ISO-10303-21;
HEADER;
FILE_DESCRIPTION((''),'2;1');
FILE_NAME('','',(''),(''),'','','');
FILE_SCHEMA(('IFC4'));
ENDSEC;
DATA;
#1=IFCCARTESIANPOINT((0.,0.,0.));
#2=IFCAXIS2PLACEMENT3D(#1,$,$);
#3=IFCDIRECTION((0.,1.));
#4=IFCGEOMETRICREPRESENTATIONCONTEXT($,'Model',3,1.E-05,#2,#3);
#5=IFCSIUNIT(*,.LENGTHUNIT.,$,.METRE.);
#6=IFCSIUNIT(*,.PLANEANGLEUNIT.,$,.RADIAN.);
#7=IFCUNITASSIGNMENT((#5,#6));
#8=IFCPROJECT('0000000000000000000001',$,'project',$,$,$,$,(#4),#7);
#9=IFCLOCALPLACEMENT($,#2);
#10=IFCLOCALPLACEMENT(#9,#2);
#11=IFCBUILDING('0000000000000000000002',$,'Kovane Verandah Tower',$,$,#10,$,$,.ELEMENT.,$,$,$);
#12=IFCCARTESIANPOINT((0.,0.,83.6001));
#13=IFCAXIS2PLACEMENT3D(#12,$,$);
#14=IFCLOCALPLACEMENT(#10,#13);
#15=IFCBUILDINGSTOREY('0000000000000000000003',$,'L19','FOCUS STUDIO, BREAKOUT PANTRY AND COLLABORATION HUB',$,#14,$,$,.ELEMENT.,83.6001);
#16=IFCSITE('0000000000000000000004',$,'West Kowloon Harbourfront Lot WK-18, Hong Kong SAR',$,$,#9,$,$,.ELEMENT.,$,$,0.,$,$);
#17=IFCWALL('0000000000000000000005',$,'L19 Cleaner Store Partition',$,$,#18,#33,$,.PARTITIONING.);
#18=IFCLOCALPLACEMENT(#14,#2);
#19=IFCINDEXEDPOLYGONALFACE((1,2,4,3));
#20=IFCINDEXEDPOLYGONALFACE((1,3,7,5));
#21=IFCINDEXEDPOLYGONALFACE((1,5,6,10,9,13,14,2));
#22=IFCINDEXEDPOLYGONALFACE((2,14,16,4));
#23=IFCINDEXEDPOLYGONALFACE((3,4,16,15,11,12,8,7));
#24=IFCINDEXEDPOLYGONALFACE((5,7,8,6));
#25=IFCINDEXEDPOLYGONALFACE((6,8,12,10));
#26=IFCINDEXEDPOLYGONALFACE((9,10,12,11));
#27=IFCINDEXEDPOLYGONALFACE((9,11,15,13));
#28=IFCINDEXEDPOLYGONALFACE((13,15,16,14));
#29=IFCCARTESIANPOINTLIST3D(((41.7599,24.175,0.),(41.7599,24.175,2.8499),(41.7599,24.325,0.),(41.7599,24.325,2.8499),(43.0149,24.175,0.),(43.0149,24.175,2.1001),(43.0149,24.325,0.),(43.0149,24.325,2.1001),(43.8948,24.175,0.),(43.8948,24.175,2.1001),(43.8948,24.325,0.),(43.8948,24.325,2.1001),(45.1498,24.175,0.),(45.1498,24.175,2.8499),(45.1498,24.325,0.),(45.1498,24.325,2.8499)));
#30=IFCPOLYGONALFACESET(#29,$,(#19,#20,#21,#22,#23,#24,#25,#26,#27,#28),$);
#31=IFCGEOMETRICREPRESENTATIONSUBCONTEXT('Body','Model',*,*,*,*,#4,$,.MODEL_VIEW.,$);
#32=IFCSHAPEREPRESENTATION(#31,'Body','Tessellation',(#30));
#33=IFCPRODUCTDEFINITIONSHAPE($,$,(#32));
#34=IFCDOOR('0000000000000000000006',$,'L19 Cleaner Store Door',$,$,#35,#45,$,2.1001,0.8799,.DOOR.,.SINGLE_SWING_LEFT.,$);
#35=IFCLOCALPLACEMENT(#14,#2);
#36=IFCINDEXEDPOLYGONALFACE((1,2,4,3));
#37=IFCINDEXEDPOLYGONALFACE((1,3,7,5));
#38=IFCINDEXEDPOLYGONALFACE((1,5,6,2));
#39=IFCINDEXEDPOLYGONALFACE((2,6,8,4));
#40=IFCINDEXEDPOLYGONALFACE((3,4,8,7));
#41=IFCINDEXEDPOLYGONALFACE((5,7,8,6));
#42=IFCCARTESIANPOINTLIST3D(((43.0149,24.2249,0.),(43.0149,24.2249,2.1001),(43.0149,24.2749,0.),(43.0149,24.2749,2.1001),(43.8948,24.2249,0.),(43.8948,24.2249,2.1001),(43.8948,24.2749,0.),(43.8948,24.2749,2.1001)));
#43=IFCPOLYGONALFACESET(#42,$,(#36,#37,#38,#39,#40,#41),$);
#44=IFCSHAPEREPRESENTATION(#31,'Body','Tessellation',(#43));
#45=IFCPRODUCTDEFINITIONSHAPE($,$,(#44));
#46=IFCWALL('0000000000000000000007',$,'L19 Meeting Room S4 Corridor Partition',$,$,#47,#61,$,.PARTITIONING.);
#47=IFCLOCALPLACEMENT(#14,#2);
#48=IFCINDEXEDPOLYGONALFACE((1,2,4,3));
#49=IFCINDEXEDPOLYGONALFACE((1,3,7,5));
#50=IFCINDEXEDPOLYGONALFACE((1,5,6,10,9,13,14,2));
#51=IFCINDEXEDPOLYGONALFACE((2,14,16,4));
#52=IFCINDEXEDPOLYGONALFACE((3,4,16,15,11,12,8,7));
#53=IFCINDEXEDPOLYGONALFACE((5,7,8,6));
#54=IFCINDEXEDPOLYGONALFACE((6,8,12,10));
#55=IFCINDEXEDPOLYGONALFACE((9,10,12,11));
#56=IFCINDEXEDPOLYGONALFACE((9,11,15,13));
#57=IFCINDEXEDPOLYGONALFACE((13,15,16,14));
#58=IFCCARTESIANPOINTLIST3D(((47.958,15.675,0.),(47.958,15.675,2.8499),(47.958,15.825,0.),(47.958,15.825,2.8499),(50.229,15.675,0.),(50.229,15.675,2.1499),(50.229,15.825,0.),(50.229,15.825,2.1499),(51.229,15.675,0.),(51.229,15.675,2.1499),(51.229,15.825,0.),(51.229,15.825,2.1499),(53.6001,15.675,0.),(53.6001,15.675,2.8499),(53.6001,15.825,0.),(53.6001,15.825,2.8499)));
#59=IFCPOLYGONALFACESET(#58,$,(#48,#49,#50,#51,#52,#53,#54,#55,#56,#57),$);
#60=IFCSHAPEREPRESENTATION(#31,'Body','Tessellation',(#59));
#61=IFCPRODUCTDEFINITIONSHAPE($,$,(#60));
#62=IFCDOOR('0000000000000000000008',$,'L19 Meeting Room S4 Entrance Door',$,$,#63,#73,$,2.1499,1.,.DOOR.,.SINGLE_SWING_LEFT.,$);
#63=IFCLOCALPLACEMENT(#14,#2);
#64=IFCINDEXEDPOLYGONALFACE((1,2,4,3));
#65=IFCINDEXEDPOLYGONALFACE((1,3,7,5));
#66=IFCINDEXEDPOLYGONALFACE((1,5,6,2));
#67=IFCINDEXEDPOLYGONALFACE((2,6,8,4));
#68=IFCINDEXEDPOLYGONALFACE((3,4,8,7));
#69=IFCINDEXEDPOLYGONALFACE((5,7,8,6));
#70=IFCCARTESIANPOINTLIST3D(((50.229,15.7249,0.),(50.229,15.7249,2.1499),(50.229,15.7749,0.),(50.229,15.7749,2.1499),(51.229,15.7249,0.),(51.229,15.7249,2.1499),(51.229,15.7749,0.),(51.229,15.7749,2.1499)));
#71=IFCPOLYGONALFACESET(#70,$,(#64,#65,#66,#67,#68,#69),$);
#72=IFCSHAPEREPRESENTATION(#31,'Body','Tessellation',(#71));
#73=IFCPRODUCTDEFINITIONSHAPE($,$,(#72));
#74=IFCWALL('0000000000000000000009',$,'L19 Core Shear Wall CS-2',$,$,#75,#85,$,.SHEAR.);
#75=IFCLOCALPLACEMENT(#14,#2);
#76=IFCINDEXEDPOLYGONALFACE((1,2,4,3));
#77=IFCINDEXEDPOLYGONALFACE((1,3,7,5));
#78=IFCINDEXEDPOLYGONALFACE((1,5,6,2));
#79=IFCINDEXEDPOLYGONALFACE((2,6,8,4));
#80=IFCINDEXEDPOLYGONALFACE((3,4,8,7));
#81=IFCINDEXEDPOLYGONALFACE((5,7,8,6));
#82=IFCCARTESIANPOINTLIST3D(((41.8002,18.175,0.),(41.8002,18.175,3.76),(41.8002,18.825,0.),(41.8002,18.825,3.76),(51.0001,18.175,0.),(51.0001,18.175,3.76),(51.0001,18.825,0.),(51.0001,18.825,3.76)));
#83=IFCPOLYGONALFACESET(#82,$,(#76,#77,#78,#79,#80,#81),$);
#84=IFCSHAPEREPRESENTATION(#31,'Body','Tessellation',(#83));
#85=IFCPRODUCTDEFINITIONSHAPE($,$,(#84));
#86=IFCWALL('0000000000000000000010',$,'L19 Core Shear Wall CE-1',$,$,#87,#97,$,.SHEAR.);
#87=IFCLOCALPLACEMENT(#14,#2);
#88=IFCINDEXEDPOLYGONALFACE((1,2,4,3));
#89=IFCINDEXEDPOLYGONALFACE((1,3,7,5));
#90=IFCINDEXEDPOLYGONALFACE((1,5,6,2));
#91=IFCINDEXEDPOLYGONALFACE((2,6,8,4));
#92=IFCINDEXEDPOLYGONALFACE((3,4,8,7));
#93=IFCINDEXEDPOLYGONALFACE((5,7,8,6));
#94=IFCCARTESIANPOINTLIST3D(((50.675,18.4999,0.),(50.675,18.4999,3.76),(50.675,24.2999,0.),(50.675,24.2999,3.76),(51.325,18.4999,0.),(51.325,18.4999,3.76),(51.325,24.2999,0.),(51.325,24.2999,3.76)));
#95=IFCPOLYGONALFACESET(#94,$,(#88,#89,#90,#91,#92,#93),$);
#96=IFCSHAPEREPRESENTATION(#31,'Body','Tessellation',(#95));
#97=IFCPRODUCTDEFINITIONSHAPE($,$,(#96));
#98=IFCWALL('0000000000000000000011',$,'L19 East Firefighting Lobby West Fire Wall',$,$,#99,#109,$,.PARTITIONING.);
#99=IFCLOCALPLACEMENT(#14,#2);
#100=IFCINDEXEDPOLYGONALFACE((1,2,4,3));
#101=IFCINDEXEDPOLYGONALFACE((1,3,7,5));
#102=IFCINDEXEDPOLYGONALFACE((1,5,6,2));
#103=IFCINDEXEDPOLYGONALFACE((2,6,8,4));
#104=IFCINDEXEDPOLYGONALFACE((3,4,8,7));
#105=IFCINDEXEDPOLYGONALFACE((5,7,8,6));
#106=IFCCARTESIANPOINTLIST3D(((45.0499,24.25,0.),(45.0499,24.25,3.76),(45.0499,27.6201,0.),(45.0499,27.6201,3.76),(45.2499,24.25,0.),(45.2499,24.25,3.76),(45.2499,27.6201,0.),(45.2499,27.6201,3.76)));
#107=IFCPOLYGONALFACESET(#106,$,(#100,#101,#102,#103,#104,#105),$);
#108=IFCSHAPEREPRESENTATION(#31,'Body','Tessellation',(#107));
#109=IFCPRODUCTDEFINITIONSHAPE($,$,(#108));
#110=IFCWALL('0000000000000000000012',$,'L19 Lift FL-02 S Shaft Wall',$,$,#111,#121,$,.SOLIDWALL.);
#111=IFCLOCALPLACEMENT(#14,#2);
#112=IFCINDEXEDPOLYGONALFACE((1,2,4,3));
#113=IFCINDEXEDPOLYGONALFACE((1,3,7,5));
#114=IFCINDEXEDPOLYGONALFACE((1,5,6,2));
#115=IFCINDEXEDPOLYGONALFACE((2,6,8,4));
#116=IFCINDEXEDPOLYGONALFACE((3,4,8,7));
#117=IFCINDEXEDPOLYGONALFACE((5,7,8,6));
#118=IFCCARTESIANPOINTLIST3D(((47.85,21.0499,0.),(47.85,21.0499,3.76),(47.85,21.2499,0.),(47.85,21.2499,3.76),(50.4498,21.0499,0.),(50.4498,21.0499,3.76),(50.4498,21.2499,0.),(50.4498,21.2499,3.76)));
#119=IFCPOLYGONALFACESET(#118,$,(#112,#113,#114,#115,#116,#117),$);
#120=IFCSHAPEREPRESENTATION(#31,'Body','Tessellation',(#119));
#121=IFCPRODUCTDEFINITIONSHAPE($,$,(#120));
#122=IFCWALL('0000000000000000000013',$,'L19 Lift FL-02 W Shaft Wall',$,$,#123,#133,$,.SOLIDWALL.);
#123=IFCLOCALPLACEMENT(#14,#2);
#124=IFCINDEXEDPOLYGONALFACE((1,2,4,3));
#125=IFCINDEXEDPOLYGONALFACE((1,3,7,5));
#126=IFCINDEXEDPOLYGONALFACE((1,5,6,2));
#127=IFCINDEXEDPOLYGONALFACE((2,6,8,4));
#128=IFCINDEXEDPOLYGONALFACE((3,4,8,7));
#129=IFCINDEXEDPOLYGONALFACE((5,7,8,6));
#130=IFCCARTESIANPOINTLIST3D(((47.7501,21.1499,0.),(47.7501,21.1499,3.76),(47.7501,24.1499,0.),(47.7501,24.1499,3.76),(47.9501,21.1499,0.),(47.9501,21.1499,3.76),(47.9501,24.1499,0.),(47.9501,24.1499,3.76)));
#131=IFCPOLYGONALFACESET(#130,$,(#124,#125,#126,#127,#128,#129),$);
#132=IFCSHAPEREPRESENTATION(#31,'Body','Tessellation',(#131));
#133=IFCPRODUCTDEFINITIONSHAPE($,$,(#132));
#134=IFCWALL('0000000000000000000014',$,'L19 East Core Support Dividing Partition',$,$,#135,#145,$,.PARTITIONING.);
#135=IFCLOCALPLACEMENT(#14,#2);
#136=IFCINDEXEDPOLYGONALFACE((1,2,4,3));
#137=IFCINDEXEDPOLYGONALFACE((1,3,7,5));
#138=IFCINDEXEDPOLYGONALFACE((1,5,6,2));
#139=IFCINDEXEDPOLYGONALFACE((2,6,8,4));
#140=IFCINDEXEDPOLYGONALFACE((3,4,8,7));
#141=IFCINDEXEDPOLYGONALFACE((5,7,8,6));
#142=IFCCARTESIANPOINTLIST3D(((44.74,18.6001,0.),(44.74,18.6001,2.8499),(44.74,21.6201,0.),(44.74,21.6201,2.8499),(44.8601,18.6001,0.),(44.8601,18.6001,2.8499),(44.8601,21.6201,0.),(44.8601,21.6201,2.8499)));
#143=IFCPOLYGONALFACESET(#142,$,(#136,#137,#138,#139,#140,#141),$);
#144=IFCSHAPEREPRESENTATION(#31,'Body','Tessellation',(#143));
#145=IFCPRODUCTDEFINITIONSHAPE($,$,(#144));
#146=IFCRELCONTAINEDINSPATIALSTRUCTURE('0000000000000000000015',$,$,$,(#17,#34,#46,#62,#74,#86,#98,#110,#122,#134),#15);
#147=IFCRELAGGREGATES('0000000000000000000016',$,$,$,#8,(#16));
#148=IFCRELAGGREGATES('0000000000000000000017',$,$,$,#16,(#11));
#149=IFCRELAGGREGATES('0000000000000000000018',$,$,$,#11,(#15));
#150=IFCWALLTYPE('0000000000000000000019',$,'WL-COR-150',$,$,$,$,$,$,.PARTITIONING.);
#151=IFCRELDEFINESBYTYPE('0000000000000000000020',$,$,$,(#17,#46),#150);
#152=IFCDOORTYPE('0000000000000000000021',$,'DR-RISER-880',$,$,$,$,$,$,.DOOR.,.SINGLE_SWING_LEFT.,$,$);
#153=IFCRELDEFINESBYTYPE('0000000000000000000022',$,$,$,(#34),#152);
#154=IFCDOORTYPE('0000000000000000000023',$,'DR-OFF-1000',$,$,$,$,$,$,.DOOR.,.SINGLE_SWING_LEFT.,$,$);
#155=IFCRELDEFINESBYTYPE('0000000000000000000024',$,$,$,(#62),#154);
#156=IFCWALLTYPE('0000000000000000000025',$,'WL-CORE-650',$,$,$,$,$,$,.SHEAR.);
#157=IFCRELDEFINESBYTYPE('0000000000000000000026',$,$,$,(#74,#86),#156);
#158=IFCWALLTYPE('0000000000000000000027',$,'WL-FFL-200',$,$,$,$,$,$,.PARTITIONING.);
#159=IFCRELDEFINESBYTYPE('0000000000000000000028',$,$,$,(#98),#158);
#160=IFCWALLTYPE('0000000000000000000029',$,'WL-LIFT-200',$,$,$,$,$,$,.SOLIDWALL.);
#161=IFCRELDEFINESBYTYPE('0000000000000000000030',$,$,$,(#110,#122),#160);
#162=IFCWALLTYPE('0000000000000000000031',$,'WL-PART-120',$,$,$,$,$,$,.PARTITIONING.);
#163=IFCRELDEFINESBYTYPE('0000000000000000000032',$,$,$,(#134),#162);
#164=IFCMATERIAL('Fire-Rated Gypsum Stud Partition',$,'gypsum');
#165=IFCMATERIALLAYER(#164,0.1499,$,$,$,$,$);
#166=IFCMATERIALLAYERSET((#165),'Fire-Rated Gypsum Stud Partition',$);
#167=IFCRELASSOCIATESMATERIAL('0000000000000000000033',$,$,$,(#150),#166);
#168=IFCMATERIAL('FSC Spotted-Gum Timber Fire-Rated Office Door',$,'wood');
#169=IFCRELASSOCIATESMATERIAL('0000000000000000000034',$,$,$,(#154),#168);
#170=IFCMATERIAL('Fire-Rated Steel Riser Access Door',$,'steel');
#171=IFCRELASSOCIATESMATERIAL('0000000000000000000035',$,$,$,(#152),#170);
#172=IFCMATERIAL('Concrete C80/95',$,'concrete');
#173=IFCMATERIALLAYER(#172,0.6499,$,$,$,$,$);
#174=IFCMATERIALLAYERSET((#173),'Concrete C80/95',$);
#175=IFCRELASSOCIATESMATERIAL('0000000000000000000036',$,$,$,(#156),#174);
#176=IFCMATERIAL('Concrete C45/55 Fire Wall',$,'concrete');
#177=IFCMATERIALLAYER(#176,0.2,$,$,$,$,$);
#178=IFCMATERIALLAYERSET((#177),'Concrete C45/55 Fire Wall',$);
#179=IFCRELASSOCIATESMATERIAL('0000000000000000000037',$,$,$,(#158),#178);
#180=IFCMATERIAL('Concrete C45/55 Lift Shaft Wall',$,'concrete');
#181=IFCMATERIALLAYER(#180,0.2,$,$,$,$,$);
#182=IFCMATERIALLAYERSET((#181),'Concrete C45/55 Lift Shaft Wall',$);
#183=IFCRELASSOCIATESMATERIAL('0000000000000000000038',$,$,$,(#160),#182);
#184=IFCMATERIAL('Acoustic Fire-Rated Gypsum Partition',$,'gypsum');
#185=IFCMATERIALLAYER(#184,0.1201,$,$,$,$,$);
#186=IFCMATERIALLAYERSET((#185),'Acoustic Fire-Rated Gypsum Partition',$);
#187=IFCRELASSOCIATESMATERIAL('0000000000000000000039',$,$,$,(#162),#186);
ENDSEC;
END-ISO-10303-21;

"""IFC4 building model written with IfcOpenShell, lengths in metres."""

from ifc_helpers import new_model, si_unit, direction, frame, frame_2d, origin, place, context, subcontext, project, spatial, rectangle, extrude, material, layer, layer_set, type_object, element, fill, save


model = new_model("IFC4")

# Units and contexts
model_context = context("Model", 3, precision=1e-05, world=origin(), true_north=direction((0.0, 1.0)))
body_context = subcontext(model_context, "Body", "Model", "MODEL_VIEW")
ifc_project = project(units=[si_unit("LENGTHUNIT", "METRE"), si_unit("PLANEANGLEUNIT", "RADIAN")], contexts=[model_context])

# Site, building, storey
site_placement = place(None, origin())
site = spatial("IfcSite", under=ifc_project, at=site_placement, Name="West Kowloon Harbourfront Lot WK-18, Hong Kong SAR", CompositionType="ELEMENT", RefElevation=0.0)
building_placement = place(site_placement, origin())
building = spatial("IfcBuilding", under=site, at=building_placement, Name="Kovane Verandah Tower", CompositionType="ELEMENT")
storey_placement = place(building_placement, frame((0.0, 0.0, 83.6001)))
storey = spatial("IfcBuildingStorey", under=building, at=storey_placement, Name="L19", Description="FOCUS STUDIO, BREAKOUT PANTRY AND COLLABORATION HUB", CompositionType="ELEMENT", Elevation=83.6001)

# Shared definitions
ifc_material_1 = material(Name="Concrete C80/95", Category="concrete")

# Shared definitions
ifc_material_2 = material(Name="Fire-Rated Gypsum Stud Partition", Category="gypsum")
ifc_layer_1 = layer(ifc_material_2, 0.1499)
ifc_layer_set_1 = layer_set([ifc_layer_1], Name="Fire-Rated Gypsum Stud Partition")
wall_type_1 = type_object("IfcWallType", Name="WL-COR-150", PredefinedType="PARTITIONING", material=ifc_layer_set_1)

# Walls, openings, doors
ifc_material_3 = material(Name="FSC Spotted-Gum Timber Fire-Rated Office Door", Category="wood")
door_type_1 = type_object("IfcDoorType", Name="DR-OFF-1000", OperationType="SINGLE_SWING_LEFT", PredefinedType="DOOR", material=ifc_material_3)
wall_1_placement = place(storey_placement, frame((41.76, 24.25, 0.0), z_axis=(0.0, 0.0, 1.0), x_axis=(1.0, 0.0, 0.0)))
wall_1 = element("IfcWall", 1, at=wall_1_placement, inside=storey, type_object=wall_type_1, Name="L19 Cleaner Store Partition", PredefinedType="PARTITIONING", context=body_context, shape_type="SweptSolid", body=[
    extrude(rectangle(XDim=3.3899, YDim=0.1499, at=frame_2d((1.6948, 0.0))), origin(), (0.0, 0.0, 1.0), 2.8499),
])
opening_1_placement = place(wall_1_placement, frame((1.2549, 0.0, 0.0)))
opening_1 = element("IfcOpeningElement", 2, at=opening_1_placement, cuts=wall_1, PredefinedType="OPENING", context=body_context, shape_type="SweptSolid", body=[
    extrude(rectangle(XDim=0.8799, YDim=2.1001, at=frame_2d((0.4399, 1.05))), frame((0.0, 0.075, 0.0), z_axis=(0.0, -1.0, 0.0), x_axis=(1.0, 0.0, 0.0)), (0.0, 0.0, 1.0), 0.1499),
])
ifc_material_4 = material(Name="Fire-Rated Steel Riser Access Door", Category="steel")
door_type_2 = type_object("IfcDoorType", Name="DR-RISER-880", OperationType="SINGLE_SWING_LEFT", PredefinedType="DOOR", material=ifc_material_4)
door_1_placement = place(opening_1_placement, origin())
door_1 = element("IfcDoor", 3, at=door_1_placement, inside=storey, type_object=door_type_2, Name="L19 Cleaner Store Door", OperationType="SINGLE_SWING_LEFT", OverallHeight=2.1001, OverallWidth=0.8799, PredefinedType="DOOR", context=body_context, shape_type="SweptSolid", body=[
    extrude(rectangle(XDim=0.8799, YDim=2.1001, at=frame_2d((0.4399, 1.05))), frame((0.0, 0.0249, 0.0), z_axis=(0.0, -1.0, 0.0), x_axis=(1.0, 0.0, 0.0)), (0.0, 0.0, 1.0), 0.05),
])
fill(opening_1, door_1)
wall_2_placement = place(storey_placement, frame((47.958, 15.75, 0.0), z_axis=(0.0, 0.0, 1.0), x_axis=(1.0, 0.0, 0.0)))
wall_2 = element("IfcWall", 4, at=wall_2_placement, inside=storey, type_object=wall_type_1, Name="L19 Meeting Room S4 Corridor Partition", PredefinedType="PARTITIONING", context=body_context, shape_type="SweptSolid", body=[
    extrude(rectangle(XDim=5.6421, YDim=0.1499, at=frame_2d((2.821, 0.0))), origin(), (0.0, 0.0, 1.0), 2.8499),
])
opening_2_placement = place(wall_2_placement, frame((2.271, 0.0, 0.0)))
opening_2 = element("IfcOpeningElement", 5, at=opening_2_placement, cuts=wall_2, PredefinedType="OPENING", context=body_context, shape_type="SweptSolid", body=[
    extrude(rectangle(XDim=1.0, YDim=2.1499, at=frame_2d((0.5, 1.075))), frame((0.0, 0.075, 0.0), z_axis=(0.0, -1.0, 0.0), x_axis=(1.0, 0.0, 0.0)), (0.0, 0.0, 1.0), 0.1499),
])
door_2_placement = place(opening_2_placement, origin())
door_2 = element("IfcDoor", 6, at=door_2_placement, inside=storey, type_object=door_type_1, Name="L19 Meeting Room S4 Entrance Door", OperationType="SINGLE_SWING_LEFT", OverallHeight=2.1499, OverallWidth=1.0, PredefinedType="DOOR", context=body_context, shape_type="SweptSolid", body=[
    extrude(rectangle(XDim=1.0, YDim=2.1499, at=frame_2d((0.5, 1.075))), frame((0.0, 0.0249, 0.0), z_axis=(0.0, -1.0, 0.0), x_axis=(1.0, 0.0, 0.0)), (0.0, 0.0, 1.0), 0.05),
])
fill(opening_2, door_2)

# Walls
ifc_layer_2 = layer(ifc_material_1, 0.6499)
ifc_layer_set_2 = layer_set([ifc_layer_2], Name="Concrete C80/95")
wall_type_2 = type_object("IfcWallType", Name="WL-CORE-650", PredefinedType="SHEAR", material=ifc_layer_set_2)
wall_3_placement = place(storey_placement, frame((41.8, 18.5, 0.0), z_axis=(0.0, 0.0, 1.0), x_axis=(1.0, 0.0, 0.0)))
element("IfcWall", 7, at=wall_3_placement, inside=storey, type_object=wall_type_2, Name="L19 Core Shear Wall CS-2", PredefinedType="SHEAR", context=body_context, shape_type="SweptSolid", body=[
    extrude(rectangle(XDim=9.2, YDim=0.6499, at=frame_2d((4.6001, 0.0))), origin(), (0.0, 0.0, 1.0), 3.76),
])
wall_4_placement = place(storey_placement, frame((51.0, 18.5, 0.0), z_axis=(0.0, 0.0, 1.0), x_axis=(0.0, 1.0, 0.0)))
element("IfcWall", 8, at=wall_4_placement, inside=storey, type_object=wall_type_2, Name="L19 Core Shear Wall CE-1", PredefinedType="SHEAR", context=body_context, shape_type="SweptSolid", body=[
    extrude(rectangle(XDim=5.8, YDim=0.6499, at=frame_2d((2.8999, 0.0))), origin(), (0.0, 0.0, 1.0), 3.76),
])
ifc_material_5 = material(Name="Concrete C45/55 Fire Wall", Category="concrete")
ifc_layer_3 = layer(ifc_material_5, 0.2)
ifc_layer_set_3 = layer_set([ifc_layer_3], Name="Concrete C45/55 Fire Wall")
wall_type_3 = type_object("IfcWallType", Name="WL-FFL-200", PredefinedType="PARTITIONING", material=ifc_layer_set_3)
wall_5_placement = place(storey_placement, frame((45.1499, 24.25, 0.0), z_axis=(0.0, 0.0, 1.0), x_axis=(0.0, 1.0, 0.0)))
element("IfcWall", 9, at=wall_5_placement, inside=storey, type_object=wall_type_3, Name="L19 East Firefighting Lobby West Fire Wall", PredefinedType="PARTITIONING", context=body_context, shape_type="SweptSolid", body=[
    extrude(rectangle(XDim=3.3701, YDim=0.2, at=frame_2d((1.6851, 0.0))), origin(), (0.0, 0.0, 1.0), 3.76),
])

# Wall
ifc_material_6 = material(Name="Concrete C45/55 Lift Shaft Wall", Category="concrete")
ifc_layer_4 = layer(ifc_material_6, 0.2)
ifc_layer_set_4 = layer_set([ifc_layer_4], Name="Concrete C45/55 Lift Shaft Wall")
wall_type_4 = type_object("IfcWallType", Name="WL-LIFT-200", PredefinedType="SOLIDWALL", material=ifc_layer_set_4)
wall_6_placement = place(storey_placement, frame((47.8501, 21.1499, 0.0), z_axis=(0.0, 0.0, 1.0), x_axis=(1.0, 0.0, 0.0)))
element("IfcWall", 10, at=wall_6_placement, inside=storey, type_object=wall_type_4, Name="L19 Lift FL-02 S Shaft Wall", PredefinedType="SOLIDWALL", context=body_context, shape_type="SweptSolid", body=[
    extrude(rectangle(XDim=2.5999, YDim=0.2, at=frame_2d((1.2998, 0.0))), origin(), (0.0, 0.0, 1.0), 3.76),
])

# Walls
wall_7_placement = place(storey_placement, frame((47.8501, 24.1499, 0.0), z_axis=(0.0, 0.0, 1.0), x_axis=(0.0, -1.0, 0.0)))
element("IfcWall", 11, at=wall_7_placement, inside=storey, type_object=wall_type_4, Name="L19 Lift FL-02 W Shaft Wall", PredefinedType="SOLIDWALL", context=body_context, shape_type="SweptSolid", body=[
    extrude(rectangle(XDim=3.0, YDim=0.2, at=frame_2d((1.5, 0.0))), origin(), (0.0, 0.0, 1.0), 3.76),
])
ifc_material_7 = material(Name="Acoustic Fire-Rated Gypsum Partition", Category="gypsum")
ifc_layer_5 = layer(ifc_material_7, 0.1201)
ifc_layer_set_5 = layer_set([ifc_layer_5], Name="Acoustic Fire-Rated Gypsum Partition")
wall_type_5 = type_object("IfcWallType", Name="WL-PART-120", PredefinedType="PARTITIONING", material=ifc_layer_set_5)
wall_8_placement = place(storey_placement, frame((44.8, 18.6001, 0.0), z_axis=(0.0, 0.0, 1.0), x_axis=(0.0, 1.0, 0.0)))
element("IfcWall", 12, at=wall_8_placement, inside=storey, type_object=wall_type_5, Name="L19 East Core Support Dividing Partition", PredefinedType="PARTITIONING", context=body_context, shape_type="SweptSolid", body=[
    extrude(rectangle(XDim=3.02, YDim=0.1201, at=frame_2d((1.51, 0.0))), origin(), (0.0, 0.0, 1.0), 2.8499),
])

save(model, "model.ifc")
